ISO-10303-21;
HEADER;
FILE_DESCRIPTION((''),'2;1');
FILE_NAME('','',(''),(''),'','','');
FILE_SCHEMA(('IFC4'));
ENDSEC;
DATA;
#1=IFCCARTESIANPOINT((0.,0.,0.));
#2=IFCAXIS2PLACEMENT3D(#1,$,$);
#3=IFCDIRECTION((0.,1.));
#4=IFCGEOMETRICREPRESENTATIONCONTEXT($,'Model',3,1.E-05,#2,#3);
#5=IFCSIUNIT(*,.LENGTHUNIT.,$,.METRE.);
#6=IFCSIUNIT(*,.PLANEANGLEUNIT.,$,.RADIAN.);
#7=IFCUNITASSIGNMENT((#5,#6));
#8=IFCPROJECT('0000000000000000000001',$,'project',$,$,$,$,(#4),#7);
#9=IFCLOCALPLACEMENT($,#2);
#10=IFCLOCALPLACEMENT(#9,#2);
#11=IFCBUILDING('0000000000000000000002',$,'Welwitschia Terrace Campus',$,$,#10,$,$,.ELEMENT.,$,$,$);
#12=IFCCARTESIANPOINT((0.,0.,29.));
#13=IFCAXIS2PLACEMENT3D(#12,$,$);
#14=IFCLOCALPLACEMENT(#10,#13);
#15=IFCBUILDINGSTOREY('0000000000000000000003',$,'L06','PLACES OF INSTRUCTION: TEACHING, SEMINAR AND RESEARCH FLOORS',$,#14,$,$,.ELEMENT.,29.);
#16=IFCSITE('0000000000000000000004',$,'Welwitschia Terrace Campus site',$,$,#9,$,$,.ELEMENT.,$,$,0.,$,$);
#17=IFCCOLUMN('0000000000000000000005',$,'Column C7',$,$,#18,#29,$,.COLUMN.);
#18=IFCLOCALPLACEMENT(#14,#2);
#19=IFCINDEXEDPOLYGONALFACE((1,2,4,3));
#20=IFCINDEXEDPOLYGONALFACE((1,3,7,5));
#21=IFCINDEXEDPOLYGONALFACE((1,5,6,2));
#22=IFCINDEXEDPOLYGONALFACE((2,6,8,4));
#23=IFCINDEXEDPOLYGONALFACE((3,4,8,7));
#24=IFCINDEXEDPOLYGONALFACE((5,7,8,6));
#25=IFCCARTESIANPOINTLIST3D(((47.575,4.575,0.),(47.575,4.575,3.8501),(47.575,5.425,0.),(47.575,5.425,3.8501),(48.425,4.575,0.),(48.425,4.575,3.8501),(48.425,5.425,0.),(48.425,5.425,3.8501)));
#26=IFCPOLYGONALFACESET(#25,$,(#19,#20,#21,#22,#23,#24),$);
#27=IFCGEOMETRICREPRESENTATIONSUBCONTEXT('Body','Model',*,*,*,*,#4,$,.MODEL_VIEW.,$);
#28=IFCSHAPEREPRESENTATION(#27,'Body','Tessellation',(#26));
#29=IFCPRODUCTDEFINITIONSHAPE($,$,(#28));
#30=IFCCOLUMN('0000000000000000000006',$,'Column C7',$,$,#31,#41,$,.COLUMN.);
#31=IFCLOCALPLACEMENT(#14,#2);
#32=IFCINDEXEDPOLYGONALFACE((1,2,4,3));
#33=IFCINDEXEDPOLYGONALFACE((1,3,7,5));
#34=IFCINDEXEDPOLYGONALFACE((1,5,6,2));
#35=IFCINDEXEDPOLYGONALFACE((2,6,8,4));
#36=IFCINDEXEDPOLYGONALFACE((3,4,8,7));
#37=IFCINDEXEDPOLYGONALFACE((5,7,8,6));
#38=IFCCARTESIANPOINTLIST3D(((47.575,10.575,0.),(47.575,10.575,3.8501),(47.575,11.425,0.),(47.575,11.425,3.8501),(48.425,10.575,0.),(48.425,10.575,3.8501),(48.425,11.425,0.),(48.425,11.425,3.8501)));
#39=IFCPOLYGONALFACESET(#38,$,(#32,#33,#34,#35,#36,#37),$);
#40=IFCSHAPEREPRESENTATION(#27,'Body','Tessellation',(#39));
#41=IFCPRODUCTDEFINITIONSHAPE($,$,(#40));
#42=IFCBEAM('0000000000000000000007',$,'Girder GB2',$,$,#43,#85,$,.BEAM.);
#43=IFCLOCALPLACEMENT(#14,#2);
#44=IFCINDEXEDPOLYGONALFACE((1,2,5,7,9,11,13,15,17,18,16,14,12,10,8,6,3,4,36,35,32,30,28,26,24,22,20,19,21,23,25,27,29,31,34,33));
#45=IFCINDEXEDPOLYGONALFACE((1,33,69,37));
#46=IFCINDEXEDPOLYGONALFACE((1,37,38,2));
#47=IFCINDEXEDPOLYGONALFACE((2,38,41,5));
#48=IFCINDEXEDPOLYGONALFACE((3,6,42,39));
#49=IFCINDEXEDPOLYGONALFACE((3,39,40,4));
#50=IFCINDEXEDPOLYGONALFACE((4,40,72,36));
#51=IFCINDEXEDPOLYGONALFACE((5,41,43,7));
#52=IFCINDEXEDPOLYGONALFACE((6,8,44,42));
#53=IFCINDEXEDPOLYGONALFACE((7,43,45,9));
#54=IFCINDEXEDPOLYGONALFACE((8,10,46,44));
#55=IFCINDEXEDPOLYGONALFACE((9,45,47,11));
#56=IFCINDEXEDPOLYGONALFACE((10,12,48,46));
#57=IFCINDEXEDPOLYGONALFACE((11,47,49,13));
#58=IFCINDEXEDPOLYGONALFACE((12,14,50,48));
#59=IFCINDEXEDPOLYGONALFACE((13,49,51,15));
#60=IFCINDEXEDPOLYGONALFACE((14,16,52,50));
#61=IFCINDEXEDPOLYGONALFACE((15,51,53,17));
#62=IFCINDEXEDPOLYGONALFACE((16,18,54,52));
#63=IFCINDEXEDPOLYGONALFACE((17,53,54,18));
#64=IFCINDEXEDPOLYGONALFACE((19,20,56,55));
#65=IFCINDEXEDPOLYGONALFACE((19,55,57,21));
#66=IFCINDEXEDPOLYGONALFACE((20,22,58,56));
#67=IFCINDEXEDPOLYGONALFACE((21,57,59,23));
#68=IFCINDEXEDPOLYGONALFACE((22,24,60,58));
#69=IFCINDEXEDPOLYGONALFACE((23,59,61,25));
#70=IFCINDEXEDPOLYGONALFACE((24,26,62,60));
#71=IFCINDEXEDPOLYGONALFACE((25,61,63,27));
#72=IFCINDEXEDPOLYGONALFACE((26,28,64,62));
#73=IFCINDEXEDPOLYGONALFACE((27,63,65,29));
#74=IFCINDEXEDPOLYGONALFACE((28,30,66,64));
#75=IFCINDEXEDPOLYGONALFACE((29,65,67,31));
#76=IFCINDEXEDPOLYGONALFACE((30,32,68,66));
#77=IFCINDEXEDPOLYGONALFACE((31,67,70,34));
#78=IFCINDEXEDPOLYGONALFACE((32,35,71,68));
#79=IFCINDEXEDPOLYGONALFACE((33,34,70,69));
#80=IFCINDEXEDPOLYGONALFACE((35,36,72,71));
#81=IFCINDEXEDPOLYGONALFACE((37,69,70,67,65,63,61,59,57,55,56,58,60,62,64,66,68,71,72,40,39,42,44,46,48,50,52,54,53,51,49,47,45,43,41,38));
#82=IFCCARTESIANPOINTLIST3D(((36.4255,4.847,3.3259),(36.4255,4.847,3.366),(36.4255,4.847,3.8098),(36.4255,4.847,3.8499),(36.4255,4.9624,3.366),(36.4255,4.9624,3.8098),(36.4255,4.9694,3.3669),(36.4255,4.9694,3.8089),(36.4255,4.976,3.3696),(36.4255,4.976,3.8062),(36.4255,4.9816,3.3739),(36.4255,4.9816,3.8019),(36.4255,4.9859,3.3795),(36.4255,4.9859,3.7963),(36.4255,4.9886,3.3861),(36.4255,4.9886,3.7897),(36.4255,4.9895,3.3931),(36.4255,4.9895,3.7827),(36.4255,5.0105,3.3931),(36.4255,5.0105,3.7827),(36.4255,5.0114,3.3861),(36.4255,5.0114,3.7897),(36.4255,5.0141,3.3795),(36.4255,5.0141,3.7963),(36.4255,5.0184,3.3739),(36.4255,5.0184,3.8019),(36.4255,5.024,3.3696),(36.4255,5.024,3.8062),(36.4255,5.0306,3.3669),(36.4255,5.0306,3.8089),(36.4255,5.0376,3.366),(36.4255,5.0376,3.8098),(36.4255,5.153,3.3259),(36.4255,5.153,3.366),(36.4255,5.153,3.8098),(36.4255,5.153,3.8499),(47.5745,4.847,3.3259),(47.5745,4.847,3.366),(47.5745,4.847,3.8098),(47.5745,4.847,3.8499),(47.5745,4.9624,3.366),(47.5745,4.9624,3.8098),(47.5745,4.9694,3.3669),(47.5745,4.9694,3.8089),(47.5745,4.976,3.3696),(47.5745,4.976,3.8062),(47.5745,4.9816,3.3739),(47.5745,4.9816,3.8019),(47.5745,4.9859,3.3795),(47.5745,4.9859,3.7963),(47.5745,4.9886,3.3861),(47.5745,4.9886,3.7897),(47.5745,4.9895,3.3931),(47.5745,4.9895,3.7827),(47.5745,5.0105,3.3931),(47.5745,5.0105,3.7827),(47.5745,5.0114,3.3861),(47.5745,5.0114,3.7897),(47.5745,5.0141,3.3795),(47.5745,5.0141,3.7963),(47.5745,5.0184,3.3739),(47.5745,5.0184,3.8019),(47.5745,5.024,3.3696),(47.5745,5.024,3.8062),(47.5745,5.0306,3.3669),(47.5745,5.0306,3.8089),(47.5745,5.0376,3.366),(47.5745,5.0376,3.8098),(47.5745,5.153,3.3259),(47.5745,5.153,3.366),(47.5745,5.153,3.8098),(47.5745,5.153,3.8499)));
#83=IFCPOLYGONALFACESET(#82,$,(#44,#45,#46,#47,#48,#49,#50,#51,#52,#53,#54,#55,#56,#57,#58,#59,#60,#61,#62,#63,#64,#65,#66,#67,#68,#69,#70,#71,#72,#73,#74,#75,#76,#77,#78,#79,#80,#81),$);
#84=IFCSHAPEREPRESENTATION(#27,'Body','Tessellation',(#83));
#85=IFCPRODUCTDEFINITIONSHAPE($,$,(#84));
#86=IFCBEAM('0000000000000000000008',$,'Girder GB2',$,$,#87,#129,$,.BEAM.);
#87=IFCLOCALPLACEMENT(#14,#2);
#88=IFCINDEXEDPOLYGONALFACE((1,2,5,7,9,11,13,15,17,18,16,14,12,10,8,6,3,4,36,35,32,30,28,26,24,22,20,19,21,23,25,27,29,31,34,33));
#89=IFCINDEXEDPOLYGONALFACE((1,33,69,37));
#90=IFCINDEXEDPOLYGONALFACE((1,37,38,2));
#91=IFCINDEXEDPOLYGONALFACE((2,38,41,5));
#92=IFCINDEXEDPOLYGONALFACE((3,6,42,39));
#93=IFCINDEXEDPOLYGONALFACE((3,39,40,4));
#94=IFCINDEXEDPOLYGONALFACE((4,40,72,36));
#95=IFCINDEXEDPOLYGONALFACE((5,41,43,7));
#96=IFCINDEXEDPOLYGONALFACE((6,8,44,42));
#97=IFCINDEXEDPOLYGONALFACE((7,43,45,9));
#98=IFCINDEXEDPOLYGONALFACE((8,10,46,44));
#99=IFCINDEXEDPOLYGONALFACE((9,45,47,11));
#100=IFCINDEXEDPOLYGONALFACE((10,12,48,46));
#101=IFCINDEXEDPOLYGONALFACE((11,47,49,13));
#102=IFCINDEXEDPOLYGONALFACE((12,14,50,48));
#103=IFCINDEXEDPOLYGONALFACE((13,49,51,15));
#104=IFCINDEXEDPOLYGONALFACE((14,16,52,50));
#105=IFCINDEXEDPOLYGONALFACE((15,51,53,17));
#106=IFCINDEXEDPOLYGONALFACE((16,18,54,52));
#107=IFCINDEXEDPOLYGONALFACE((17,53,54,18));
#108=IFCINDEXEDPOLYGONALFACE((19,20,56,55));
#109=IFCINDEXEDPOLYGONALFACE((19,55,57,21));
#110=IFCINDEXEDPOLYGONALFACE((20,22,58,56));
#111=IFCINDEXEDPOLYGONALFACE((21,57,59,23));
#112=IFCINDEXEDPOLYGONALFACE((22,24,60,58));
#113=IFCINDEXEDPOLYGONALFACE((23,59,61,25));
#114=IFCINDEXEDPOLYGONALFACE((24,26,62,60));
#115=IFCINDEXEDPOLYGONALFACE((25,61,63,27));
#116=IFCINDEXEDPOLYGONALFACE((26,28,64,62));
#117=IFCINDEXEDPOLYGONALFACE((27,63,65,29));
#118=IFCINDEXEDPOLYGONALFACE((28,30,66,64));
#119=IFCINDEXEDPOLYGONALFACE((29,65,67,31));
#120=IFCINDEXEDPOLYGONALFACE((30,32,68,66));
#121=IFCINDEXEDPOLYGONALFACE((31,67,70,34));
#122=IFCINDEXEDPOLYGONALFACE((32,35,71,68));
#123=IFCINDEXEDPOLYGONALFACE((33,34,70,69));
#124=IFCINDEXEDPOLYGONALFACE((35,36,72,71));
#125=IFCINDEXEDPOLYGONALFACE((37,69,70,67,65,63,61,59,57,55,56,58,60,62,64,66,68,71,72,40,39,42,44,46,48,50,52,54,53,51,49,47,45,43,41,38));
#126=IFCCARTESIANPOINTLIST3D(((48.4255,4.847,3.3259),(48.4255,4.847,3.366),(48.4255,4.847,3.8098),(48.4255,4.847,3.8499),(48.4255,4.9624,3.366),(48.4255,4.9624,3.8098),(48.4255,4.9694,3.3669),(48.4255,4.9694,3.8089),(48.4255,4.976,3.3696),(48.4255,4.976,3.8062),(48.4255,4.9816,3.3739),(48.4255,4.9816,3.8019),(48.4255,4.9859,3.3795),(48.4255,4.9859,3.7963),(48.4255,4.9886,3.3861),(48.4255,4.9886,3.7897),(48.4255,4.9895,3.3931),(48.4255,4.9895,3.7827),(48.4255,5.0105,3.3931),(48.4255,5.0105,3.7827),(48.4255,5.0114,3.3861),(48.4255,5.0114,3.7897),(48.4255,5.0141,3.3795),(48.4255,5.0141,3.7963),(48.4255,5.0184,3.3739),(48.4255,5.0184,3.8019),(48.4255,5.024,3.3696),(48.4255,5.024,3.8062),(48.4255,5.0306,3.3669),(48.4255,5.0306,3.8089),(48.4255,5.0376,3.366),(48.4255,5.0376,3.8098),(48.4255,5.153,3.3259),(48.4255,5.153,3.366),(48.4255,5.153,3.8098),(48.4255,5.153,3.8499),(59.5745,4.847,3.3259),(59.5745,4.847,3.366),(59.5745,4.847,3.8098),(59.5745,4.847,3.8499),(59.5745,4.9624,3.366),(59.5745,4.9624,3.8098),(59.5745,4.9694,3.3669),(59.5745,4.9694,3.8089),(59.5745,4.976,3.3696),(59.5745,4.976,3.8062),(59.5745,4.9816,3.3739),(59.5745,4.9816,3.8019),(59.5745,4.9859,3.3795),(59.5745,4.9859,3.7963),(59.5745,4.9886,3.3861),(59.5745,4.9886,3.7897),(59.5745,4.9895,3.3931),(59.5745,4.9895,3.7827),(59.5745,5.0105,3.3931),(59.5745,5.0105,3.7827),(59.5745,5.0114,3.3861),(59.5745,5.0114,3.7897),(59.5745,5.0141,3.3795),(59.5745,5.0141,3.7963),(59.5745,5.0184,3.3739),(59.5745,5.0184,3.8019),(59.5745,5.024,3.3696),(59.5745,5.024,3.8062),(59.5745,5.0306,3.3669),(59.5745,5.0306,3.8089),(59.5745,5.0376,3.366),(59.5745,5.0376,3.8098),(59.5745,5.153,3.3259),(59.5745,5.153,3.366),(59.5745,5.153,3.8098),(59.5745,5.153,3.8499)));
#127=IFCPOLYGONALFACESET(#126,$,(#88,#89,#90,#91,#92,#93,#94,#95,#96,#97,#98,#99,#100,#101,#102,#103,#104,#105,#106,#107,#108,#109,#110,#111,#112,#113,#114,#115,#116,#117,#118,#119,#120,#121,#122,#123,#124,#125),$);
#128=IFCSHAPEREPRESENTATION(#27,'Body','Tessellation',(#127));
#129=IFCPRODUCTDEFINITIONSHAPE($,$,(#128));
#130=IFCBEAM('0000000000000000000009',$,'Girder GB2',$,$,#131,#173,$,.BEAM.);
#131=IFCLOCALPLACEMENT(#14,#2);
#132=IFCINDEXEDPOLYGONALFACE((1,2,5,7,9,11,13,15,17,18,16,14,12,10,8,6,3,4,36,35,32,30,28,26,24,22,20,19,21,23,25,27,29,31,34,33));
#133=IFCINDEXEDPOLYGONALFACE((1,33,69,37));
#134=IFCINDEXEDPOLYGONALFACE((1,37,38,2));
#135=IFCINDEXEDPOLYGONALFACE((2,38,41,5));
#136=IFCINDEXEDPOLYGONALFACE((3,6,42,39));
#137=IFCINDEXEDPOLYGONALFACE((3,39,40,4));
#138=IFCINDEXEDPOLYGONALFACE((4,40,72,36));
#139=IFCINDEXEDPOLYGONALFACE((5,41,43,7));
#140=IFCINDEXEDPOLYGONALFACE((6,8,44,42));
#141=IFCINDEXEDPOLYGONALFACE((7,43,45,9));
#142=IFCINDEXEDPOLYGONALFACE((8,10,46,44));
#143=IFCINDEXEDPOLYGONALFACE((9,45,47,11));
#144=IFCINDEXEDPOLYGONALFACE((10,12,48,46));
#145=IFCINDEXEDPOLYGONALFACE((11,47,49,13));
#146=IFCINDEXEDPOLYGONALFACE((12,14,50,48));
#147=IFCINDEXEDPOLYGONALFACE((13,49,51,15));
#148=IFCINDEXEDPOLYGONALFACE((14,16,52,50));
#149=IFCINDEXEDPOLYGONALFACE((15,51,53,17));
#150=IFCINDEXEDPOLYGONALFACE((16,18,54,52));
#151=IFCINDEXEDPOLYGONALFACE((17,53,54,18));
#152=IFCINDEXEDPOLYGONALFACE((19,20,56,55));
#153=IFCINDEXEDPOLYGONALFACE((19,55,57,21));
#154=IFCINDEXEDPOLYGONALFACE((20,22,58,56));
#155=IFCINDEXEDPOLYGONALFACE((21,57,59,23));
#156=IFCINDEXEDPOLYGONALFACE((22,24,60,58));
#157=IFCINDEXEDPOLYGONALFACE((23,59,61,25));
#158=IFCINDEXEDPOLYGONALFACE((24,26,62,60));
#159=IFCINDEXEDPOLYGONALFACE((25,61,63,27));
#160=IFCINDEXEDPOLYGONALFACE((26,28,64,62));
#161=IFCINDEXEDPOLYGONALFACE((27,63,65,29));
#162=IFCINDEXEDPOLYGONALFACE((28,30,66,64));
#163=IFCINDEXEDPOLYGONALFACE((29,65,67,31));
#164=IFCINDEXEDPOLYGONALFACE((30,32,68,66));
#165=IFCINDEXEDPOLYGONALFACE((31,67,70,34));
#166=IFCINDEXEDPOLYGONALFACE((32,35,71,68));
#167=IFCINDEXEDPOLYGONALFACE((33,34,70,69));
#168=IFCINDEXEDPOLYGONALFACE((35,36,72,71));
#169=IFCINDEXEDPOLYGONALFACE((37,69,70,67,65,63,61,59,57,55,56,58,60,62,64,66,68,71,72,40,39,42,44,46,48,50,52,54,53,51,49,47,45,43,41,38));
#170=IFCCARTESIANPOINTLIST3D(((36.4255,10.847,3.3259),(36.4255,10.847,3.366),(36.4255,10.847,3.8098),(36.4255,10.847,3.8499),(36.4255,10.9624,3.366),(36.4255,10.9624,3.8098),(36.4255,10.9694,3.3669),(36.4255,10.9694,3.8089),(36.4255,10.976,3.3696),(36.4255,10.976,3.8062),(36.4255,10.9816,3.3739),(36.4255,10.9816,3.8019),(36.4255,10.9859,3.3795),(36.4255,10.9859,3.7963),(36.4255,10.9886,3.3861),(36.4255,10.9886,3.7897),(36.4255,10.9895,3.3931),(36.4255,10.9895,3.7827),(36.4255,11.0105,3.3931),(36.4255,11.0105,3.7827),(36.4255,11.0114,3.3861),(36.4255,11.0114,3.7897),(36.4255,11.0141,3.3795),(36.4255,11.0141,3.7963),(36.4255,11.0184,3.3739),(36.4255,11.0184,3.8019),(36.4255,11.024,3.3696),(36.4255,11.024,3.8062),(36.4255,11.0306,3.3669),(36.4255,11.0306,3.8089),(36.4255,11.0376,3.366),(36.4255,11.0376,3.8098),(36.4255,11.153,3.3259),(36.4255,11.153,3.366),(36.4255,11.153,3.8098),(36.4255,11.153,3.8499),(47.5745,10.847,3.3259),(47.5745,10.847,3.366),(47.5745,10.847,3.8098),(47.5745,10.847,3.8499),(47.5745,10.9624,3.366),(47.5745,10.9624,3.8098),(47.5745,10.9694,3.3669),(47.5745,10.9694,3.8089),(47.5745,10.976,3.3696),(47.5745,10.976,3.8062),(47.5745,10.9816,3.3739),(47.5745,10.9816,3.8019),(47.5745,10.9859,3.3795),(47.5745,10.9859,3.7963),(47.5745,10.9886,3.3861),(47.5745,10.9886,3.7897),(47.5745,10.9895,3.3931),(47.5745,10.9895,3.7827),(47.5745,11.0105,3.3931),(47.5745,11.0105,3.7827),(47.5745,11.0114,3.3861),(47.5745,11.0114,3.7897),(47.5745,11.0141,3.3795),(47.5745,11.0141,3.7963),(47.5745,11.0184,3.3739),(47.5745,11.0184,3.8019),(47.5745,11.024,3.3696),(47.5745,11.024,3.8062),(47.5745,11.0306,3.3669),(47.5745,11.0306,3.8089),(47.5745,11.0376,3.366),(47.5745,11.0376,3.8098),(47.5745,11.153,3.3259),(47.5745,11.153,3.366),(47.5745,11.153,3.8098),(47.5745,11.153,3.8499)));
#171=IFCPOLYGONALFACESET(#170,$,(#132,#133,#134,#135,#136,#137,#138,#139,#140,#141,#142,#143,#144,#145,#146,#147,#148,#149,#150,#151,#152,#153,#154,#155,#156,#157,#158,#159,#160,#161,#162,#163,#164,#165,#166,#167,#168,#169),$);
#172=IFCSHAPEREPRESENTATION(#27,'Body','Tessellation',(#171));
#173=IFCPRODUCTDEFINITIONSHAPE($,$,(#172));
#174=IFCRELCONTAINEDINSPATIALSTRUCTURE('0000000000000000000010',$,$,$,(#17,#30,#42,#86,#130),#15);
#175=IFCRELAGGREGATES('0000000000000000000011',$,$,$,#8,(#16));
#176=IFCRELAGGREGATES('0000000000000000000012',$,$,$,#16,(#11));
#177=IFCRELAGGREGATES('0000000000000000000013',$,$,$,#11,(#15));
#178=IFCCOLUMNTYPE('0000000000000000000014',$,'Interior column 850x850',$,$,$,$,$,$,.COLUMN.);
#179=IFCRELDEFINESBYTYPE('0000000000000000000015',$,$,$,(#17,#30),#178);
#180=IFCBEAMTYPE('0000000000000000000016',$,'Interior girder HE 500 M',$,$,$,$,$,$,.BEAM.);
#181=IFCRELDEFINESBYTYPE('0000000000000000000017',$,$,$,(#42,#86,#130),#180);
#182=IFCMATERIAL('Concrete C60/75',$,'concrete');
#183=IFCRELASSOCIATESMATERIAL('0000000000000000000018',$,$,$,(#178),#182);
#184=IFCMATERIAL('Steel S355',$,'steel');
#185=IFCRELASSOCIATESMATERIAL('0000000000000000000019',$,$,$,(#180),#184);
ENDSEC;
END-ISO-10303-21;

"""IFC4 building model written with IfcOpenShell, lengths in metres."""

from ifc_helpers import new_model, si_unit, direction, frame, origin, origin_2d, place, context, subcontext, project, spatial, rectangle, i_section, extrude, material, material_profile, profile_set, type_object, element, save


model = new_model("IFC4")

# Units and contexts
model_context = context("Model", 3, precision=1e-05, world=origin(), true_north=direction((0.0, 1.0)))
body_context = subcontext(model_context, "Body", "Model", "MODEL_VIEW")
ifc_project = project(units=[si_unit("LENGTHUNIT", "METRE"), si_unit("PLANEANGLEUNIT", "RADIAN")], contexts=[model_context])

# Site, building, storey
site_placement = place(None, origin())
site = spatial("IfcSite", under=ifc_project, at=site_placement, Name="Welwitschia Terrace Campus site", CompositionType="ELEMENT", RefElevation=0.0)
building_placement = place(site_placement, origin())
building = spatial("IfcBuilding", under=site, at=building_placement, Name="Welwitschia Terrace Campus", CompositionType="ELEMENT")
storey_placement = place(building_placement, frame((0.0, 0.0, 29.0)))
storey = spatial("IfcBuildingStorey", under=building, at=storey_placement, Name="L06", Description="PLACES OF INSTRUCTION: TEACHING, SEMINAR AND RESEARCH FLOORS", CompositionType="ELEMENT", Elevation=29.0)

# Columns
ifc_material_1 = material(Name="Concrete C60/75", Category="concrete")
ifc_material_profile_1 = material_profile(ifc_material_1, rectangle(XDim=0.8501, YDim=0.8501, at=origin_2d()))
ifc_profile_set_1 = profile_set([ifc_material_profile_1], Name="Concrete C60/75")
column_type = type_object("IfcColumnType", Name="Interior column 850x850", PredefinedType="COLUMN", material=ifc_profile_set_1)
for number, where, z_axis, x_axis, name in (
    (1, (48.0, 5.0, 0.0), (0.0, 0.0, 1.0), (1.0, 0.0, 0.0), "Column C7"),
    (2, (48.0, 11.0, 0.0), (0.0, 0.0, 1.0), (1.0, 0.0, 0.0), "Column C7"),
):
    element("IfcColumn", number, at=place(storey_placement, frame(where, z_axis=z_axis, x_axis=x_axis)), inside=storey, type_object=column_type, Name=name, PredefinedType="COLUMN", context=body_context, shape_type="SweptSolid", body=[
        extrude(rectangle(XDim=0.8501, YDim=0.8501, at=origin_2d()), origin(), (0.0, 0.0, 1.0), 3.8501),
    ])

# Beams
ifc_material_2 = material(Name="Steel S355", Category="steel")
ifc_material_profile_2 = material_profile(ifc_material_2, i_section(OverallWidth=0.3059, OverallDepth=0.5239, WebThickness=0.021, FlangeThickness=0.04, FilletRadius=0.0271, at=origin_2d()))
ifc_profile_set_2 = profile_set([ifc_material_profile_2], Name="Steel S355")
beam_type_1 = type_object("IfcBeamType", Name="Interior girder HE 500 M", PredefinedType="BEAM", material=ifc_profile_set_2)
for number, where, z_axis, x_axis, name in (
    (3, (36.4255, 5.0, 3.5879), (1.0, 0.0, 0.0), (0.0, 1.0, 0.0), "Girder GB2"),
    (4, (48.4255, 5.0, 3.5879), (1.0, 0.0, 0.0), (0.0, 1.0, 0.0), "Girder GB2"),
    (5, (36.4255, 11.0, 3.5879), (1.0, 0.0, 0.0), (0.0, 1.0, 0.0), "Girder GB2"),
):
    element("IfcBeam", number, at=place(storey_placement, frame(where, z_axis=z_axis, x_axis=x_axis)), inside=storey, type_object=beam_type_1, Name=name, PredefinedType="BEAM", context=body_context, shape_type="SweptSolid", body=[
        extrude(i_section(OverallWidth=0.3059, OverallDepth=0.5239, WebThickness=0.021, FlangeThickness=0.04, FilletRadius=0.0271, at=origin_2d()), origin(), (0.0, 0.0, 1.0), 11.1489),
    ])

save(model, "model.ifc")
